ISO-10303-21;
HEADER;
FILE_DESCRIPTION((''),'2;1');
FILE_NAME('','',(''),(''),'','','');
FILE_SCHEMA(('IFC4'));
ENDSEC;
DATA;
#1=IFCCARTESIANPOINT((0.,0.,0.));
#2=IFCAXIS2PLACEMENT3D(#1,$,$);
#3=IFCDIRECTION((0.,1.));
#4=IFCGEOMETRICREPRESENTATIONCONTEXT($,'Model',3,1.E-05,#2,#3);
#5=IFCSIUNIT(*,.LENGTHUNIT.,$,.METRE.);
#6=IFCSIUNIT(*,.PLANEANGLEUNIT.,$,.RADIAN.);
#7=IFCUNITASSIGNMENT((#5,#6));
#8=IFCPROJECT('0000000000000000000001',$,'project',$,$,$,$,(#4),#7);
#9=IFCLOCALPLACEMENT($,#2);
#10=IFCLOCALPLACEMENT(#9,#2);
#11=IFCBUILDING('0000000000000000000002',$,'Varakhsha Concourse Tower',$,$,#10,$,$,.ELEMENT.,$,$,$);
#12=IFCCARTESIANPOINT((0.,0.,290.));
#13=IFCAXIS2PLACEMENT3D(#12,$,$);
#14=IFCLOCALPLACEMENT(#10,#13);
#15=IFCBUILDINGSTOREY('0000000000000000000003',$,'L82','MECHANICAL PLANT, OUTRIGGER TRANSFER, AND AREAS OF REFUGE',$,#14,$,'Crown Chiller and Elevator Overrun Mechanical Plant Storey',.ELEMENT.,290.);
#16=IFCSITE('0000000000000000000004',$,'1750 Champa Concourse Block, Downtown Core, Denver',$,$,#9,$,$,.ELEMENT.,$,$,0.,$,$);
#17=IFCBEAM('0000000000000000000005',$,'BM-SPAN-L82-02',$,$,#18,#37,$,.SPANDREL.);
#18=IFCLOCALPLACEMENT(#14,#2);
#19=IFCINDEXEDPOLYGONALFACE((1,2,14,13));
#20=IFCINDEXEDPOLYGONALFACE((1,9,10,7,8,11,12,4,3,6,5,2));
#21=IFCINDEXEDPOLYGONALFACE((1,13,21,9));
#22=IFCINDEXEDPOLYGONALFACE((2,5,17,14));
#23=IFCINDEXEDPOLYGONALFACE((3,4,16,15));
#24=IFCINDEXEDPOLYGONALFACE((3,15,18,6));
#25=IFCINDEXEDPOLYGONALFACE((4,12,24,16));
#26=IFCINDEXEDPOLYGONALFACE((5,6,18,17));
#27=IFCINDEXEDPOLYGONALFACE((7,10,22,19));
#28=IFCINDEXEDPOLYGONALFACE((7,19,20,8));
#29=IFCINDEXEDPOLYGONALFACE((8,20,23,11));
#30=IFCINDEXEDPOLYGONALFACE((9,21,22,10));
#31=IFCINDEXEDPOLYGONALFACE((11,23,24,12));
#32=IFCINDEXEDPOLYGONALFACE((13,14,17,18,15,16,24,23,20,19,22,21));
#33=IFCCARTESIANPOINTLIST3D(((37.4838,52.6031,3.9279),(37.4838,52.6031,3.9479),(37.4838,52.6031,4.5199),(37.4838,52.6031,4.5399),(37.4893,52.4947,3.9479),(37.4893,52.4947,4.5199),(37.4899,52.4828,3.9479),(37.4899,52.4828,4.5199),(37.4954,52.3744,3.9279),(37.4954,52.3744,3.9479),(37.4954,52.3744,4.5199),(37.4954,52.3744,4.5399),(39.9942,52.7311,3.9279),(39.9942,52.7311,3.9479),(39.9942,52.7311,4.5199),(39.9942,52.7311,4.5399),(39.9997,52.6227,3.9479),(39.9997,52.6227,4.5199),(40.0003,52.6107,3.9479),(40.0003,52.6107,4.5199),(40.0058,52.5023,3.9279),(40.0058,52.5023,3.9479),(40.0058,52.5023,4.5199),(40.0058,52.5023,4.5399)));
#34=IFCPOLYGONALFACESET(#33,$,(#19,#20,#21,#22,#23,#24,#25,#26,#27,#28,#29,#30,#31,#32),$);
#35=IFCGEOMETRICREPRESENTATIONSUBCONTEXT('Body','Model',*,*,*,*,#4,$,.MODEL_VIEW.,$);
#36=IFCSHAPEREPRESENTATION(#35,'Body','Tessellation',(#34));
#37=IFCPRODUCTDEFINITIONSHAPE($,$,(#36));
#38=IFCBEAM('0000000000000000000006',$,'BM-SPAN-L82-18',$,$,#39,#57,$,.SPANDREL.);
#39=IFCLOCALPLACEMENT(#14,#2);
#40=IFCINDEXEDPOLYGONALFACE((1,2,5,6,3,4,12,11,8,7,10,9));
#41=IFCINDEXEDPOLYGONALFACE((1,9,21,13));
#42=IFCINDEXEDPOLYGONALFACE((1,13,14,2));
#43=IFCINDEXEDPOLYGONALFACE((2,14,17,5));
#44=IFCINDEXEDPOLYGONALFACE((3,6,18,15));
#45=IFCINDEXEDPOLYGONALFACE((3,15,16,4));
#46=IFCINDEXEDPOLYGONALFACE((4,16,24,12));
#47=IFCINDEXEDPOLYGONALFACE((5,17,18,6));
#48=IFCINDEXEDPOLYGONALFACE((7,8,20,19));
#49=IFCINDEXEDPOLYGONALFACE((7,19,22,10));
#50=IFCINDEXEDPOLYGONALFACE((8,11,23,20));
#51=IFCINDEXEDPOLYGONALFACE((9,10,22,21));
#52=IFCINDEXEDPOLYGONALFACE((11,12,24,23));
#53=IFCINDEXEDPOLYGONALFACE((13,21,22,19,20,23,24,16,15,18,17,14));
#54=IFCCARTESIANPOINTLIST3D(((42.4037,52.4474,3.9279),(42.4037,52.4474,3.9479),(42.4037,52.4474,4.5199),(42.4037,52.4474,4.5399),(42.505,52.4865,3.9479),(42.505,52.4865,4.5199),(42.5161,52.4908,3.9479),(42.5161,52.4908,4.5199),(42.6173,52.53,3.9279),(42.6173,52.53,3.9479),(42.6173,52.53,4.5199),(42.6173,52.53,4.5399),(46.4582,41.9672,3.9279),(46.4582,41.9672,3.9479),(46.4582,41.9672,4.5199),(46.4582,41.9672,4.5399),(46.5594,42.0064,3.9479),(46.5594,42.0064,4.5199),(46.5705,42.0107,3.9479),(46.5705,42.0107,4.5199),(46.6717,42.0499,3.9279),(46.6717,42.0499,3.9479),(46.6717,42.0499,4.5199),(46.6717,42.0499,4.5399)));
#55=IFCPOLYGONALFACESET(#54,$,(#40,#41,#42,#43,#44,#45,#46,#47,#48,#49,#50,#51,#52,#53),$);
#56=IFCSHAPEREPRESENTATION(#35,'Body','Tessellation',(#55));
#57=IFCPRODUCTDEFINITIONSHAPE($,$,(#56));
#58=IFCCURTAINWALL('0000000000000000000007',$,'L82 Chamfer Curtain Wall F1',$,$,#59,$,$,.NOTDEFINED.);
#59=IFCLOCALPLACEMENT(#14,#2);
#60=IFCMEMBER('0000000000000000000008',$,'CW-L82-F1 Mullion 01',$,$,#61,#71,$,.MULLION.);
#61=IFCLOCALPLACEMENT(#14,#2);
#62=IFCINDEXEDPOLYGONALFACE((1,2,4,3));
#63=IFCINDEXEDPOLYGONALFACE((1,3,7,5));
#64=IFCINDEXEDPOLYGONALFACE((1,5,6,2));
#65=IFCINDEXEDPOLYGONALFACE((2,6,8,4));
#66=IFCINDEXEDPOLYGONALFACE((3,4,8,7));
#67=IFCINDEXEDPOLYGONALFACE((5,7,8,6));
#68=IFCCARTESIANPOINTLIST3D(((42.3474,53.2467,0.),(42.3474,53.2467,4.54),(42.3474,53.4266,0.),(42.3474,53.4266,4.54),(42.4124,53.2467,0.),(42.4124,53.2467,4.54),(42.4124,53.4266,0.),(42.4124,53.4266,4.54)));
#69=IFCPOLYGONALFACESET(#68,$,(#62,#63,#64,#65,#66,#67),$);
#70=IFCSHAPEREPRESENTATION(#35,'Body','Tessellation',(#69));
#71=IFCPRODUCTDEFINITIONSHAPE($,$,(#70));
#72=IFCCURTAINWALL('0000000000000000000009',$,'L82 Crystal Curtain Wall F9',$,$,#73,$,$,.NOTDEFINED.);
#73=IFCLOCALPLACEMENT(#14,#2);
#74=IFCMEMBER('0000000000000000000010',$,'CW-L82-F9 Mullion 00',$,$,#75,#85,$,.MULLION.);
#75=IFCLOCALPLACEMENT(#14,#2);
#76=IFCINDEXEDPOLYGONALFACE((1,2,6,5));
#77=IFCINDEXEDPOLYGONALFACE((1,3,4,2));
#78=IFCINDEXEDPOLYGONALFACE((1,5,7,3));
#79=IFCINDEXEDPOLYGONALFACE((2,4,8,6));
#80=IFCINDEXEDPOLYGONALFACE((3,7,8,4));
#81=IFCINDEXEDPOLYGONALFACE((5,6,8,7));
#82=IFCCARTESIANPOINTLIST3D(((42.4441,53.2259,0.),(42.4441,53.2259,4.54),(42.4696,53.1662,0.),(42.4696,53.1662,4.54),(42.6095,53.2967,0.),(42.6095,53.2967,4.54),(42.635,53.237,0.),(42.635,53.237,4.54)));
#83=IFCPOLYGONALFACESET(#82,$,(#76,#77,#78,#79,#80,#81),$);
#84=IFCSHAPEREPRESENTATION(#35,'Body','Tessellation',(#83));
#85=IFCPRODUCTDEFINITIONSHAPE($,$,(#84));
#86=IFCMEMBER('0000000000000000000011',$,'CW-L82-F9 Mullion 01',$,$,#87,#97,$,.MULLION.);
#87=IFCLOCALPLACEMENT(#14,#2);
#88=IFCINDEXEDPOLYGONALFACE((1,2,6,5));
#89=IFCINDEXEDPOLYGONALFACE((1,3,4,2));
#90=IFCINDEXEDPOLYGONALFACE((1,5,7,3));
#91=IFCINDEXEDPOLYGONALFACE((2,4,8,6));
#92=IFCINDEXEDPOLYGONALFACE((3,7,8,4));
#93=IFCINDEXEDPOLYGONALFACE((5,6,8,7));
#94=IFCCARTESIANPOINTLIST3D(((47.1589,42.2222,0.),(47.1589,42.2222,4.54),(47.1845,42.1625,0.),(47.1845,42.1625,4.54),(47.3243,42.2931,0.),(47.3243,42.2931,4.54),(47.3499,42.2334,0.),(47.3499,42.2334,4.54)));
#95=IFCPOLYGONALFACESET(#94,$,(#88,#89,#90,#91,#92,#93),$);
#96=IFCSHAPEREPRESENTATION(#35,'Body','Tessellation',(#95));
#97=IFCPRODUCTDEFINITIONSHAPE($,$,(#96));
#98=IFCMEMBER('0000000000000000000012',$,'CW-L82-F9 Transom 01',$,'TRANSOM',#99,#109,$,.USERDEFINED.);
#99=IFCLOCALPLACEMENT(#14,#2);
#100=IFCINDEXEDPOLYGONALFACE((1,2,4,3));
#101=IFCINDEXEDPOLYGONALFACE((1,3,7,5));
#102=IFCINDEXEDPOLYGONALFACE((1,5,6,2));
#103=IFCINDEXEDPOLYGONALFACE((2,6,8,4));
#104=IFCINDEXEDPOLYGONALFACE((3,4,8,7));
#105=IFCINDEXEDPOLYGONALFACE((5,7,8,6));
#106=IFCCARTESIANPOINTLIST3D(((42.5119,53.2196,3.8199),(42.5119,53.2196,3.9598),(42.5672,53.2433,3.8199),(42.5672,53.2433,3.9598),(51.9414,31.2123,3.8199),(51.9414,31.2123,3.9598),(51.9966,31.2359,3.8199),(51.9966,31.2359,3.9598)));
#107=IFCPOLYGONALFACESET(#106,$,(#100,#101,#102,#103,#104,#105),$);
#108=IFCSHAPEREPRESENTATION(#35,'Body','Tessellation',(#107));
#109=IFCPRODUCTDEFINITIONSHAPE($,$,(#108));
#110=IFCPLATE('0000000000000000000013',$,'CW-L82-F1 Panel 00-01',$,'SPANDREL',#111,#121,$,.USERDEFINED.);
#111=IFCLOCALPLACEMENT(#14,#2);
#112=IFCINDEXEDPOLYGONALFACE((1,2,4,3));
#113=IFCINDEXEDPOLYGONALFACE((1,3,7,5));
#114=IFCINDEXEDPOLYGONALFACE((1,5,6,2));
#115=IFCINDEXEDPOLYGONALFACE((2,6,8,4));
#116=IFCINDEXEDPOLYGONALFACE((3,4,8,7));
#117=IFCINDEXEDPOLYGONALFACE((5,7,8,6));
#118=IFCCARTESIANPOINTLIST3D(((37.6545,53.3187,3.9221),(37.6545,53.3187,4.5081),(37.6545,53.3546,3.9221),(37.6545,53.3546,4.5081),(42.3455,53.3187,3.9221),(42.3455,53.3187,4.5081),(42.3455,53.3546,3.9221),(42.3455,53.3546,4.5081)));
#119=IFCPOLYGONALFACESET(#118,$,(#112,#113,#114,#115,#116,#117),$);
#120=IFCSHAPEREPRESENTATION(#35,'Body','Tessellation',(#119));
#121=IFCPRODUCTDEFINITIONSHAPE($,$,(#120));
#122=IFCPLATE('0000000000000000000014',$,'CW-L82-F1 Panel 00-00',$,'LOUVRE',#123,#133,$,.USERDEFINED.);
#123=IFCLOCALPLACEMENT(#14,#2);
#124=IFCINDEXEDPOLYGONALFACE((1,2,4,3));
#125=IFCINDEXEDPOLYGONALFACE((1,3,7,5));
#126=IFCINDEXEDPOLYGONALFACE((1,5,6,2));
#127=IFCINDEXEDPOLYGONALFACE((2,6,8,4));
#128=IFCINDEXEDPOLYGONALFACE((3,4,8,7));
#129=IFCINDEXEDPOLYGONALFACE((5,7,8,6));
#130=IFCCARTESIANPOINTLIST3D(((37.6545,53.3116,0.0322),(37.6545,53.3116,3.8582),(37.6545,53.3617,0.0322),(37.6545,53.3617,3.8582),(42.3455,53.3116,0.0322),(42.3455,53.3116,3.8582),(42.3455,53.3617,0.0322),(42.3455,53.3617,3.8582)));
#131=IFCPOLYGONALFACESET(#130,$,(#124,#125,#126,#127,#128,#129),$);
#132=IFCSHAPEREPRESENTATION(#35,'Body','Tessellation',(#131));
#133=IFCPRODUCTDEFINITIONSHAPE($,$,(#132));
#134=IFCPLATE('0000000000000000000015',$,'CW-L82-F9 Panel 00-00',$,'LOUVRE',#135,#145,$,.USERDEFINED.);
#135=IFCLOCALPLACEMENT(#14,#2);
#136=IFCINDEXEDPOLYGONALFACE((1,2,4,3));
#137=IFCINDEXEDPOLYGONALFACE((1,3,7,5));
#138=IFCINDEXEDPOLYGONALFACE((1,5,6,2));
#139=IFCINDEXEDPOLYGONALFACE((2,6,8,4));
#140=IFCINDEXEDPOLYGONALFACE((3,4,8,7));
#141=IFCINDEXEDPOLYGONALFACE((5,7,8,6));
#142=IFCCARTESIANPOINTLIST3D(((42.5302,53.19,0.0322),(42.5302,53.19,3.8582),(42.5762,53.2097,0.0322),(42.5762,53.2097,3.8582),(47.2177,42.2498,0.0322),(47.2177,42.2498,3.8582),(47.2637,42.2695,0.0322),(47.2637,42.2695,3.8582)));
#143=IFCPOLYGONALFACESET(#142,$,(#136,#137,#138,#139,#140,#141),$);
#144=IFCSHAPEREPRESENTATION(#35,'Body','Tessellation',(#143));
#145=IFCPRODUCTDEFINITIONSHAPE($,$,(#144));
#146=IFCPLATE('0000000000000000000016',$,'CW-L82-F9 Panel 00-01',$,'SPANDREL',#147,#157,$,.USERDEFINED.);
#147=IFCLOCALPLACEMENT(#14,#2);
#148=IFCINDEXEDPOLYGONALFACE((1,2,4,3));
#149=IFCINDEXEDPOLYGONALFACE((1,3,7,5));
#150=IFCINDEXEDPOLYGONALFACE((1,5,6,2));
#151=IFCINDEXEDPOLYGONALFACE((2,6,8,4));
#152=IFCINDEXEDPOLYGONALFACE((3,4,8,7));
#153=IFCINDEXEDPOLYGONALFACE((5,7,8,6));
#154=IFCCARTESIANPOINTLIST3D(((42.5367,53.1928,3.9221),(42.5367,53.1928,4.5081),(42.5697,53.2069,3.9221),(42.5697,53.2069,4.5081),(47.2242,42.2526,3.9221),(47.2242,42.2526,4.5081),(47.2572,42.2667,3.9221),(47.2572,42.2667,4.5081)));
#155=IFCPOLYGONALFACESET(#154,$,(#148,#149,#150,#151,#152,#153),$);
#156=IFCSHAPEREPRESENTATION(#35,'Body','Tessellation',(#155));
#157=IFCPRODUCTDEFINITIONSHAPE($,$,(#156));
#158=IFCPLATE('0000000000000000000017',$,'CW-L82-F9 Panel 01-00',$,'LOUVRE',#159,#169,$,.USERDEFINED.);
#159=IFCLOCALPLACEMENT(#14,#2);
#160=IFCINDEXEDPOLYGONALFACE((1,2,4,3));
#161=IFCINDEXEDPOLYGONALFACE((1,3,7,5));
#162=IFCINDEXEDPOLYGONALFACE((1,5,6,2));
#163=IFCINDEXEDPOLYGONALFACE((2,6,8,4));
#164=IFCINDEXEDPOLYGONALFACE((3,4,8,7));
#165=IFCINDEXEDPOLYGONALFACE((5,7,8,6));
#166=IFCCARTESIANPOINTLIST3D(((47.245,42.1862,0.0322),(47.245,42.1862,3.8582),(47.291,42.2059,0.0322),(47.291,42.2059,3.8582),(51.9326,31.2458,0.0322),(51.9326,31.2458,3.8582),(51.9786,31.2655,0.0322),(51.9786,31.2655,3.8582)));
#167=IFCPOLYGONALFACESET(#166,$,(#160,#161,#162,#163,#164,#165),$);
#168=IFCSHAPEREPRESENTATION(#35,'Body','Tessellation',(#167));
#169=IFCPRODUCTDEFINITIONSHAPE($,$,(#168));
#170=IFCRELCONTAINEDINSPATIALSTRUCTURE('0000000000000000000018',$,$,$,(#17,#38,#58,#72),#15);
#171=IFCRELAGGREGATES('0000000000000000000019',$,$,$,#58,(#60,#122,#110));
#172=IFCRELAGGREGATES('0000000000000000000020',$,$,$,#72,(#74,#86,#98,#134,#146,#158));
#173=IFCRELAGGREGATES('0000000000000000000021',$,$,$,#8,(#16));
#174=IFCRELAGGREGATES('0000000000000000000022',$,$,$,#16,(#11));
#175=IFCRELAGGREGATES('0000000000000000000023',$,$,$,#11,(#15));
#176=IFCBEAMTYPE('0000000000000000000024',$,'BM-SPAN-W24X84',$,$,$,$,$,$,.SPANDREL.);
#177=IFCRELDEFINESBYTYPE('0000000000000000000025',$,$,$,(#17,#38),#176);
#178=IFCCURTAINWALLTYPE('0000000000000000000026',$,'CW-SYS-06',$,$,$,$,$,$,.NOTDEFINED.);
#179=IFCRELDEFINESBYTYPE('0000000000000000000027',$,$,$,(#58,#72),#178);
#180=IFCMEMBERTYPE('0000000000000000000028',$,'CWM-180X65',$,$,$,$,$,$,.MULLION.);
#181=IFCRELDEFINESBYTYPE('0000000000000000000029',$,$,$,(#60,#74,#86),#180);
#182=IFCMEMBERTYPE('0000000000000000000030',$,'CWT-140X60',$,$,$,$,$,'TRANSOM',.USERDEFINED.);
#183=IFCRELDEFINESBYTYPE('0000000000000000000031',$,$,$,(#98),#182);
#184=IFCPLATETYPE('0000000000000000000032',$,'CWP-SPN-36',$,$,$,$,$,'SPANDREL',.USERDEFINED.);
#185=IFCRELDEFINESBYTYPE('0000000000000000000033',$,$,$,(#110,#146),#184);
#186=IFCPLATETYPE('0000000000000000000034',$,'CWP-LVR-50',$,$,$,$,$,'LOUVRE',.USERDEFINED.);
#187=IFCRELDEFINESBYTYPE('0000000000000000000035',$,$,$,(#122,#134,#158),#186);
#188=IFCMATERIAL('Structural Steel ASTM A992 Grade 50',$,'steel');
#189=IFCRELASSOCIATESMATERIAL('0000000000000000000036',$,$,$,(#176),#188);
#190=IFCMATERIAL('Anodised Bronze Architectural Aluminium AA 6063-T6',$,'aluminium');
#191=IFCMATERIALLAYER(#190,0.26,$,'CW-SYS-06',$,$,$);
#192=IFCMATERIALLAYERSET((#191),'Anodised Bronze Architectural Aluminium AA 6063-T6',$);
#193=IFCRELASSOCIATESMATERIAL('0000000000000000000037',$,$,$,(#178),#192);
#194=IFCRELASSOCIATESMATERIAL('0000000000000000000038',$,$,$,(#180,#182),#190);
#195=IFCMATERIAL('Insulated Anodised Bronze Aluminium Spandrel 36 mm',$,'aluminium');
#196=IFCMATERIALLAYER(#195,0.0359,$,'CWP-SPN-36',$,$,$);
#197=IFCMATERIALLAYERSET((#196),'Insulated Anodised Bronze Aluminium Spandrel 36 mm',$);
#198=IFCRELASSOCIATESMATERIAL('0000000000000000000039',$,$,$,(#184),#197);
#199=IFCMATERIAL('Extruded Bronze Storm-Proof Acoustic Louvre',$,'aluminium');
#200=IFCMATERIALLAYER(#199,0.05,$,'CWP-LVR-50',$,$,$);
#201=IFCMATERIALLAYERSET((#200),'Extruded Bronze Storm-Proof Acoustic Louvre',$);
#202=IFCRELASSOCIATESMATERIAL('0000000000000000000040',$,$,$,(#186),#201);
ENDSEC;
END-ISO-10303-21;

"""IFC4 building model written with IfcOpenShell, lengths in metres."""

from ifc_helpers import new_model, si_unit, direction, frame, origin, origin_2d, place, context, subcontext, project, spatial, rectangle, i_section, extrude, source, transform, mapped, material, layer, layer_set, material_profile, profile_set, type_object, type_shapes, element, aggregate, save


model = new_model("IFC4")

# Units and contexts
model_context = context("Model", 3, precision=1e-05, world=origin(), true_north=direction((0.0, 1.0)))
body_context = subcontext(model_context, "Body", "Model", "MODEL_VIEW")
ifc_project = project(units=[si_unit("LENGTHUNIT", "METRE"), si_unit("PLANEANGLEUNIT", "RADIAN")], contexts=[model_context])

# Site, building, storey
site_placement = place(None, origin())
site = spatial("IfcSite", under=ifc_project, at=site_placement, Name="1750 Champa Concourse Block, Downtown Core, Denver", CompositionType="ELEMENT", RefElevation=0.0)
building_placement = place(site_placement, origin())
building = spatial("IfcBuilding", under=site, at=building_placement, Name="Varakhsha Concourse Tower", CompositionType="ELEMENT")
storey_placement = place(building_placement, frame((0.0, 0.0, 290.0)))
storey = spatial("IfcBuildingStorey", under=building, at=storey_placement, Name="L82", Description="MECHANICAL PLANT, OUTRIGGER TRANSFER, AND AREAS OF REFUGE", LongName="Crown Chiller and Elevator Overrun Mechanical Plant Storey", CompositionType="ELEMENT", Elevation=290.0)

# Shared definitions
ifc_material_1 = material(Name="Structural Steel ASTM A992 Grade 50", Category="steel")

# Beams
ifc_material_profile_1 = material_profile(ifc_material_1, i_section(OverallWidth=0.229, OverallDepth=0.6121, WebThickness=0.012, FlangeThickness=0.02, at=origin_2d()), Name="W24X84")
ifc_profile_set_1 = profile_set([ifc_material_profile_1], Name="Structural Steel ASTM A992 Grade 50")
beam_type_1 = type_object("IfcBeamType", Name="BM-SPAN-W24X84", PredefinedType="SPANDREL", material=ifc_profile_set_1)
for number, where, z_axis, x_axis, name in (
    (1, (40.0, 52.6167, 4.2339), (-0.998704, -0.050892, 0.0), (0.050892, -0.998704, 0.0), "BM-SPAN-L82-02"),
):
    element("IfcBeam", number, at=place(storey_placement, frame(where, z_axis=z_axis, x_axis=x_axis)), inside=storey, type_object=beam_type_1, Name=name, PredefinedType="SPANDREL", context=body_context, shape_type="SweptSolid", body=[
        extrude(i_section(OverallWidth=0.229, OverallDepth=0.6121, WebThickness=0.012, FlangeThickness=0.02, at=origin_2d()), origin(), (0.0, 0.0, 1.0), 2.5137),
    ])
beam_1_placement = place(storey_placement, frame((46.5649, 42.0085, 4.2339), z_axis=(-0.360807, 0.932641, 0.0), x_axis=(-0.932641, -0.360807, 0.0)))
element("IfcBeam", 2, at=beam_1_placement, inside=storey, type_object=beam_type_1, Name="BM-SPAN-L82-18", PredefinedType="SPANDREL", context=body_context, shape_type="SweptSolid", body=[
    extrude(i_section(OverallWidth=0.229, OverallDepth=0.6121, WebThickness=0.012, FlangeThickness=0.02, at=origin_2d()), origin(), (0.0, 0.0, 1.0), 11.2371),
])

# Curtain wall, member
ifc_material_2 = material(Name="Anodised Bronze Architectural Aluminium AA 6063-T6", Category="aluminium")
ifc_layer_1 = layer(ifc_material_2, 0.26, Name="CW-SYS-06")
ifc_layer_set_1 = layer_set([ifc_layer_1], Name="Anodised Bronze Architectural Aluminium AA 6063-T6")
curtain_wall_type = type_object("IfcCurtainWallType", Name="CW-SYS-06", PredefinedType="NOTDEFINED", material=ifc_layer_set_1)
curtain_wall_1_placement = place(storey_placement, origin())
curtain_wall_1 = element("IfcCurtainWall", 3, at=curtain_wall_1_placement, inside=storey, type_object=curtain_wall_type, Name="L82 Chamfer Curtain Wall F1", PredefinedType="NOTDEFINED")
ifc_material_profile_2 = material_profile(ifc_material_2, rectangle(XDim=0.0649, YDim=0.1799, at=origin_2d()), Name="CWM-180X65")
ifc_profile_set_2 = profile_set([ifc_material_profile_2], Name="Anodised Bronze Architectural Aluminium AA 6063-T6")
member_type_1 = type_object("IfcMemberType", Name="CWM-180X65", PredefinedType="MULLION", material=ifc_profile_set_2)
shared_shape_1 = source(origin(), body_context, "Body", "SweptSolid", [
    extrude(rectangle(XDim=0.0649, YDim=0.1799, at=origin_2d()), origin(), (0.0, 0.0, 1.0), 4.54),
])
type_shapes(member_type_1, [shared_shape_1])
member_1_placement = place(storey_placement, frame((42.3799, 53.3367, 0.0), z_axis=(0.0, 0.0, 1.0), x_axis=(1.0, 0.0, 0.0)))
member_1 = element("IfcMember", 4, at=member_1_placement, type_object=member_type_1, Name="CW-L82-F1 Mullion 01", PredefinedType="MULLION", context=body_context, shape_type="MappedRepresentation", body=[
    mapped(shared_shape_1, transform((0.0, 0.0, 0.0), scale=1.0)),
])

# Curtain wall, members
curtain_wall_2_placement = place(storey_placement, origin())
curtain_wall_2 = element("IfcCurtainWall", 5, at=curtain_wall_2_placement, inside=storey, type_object=curtain_wall_type, Name="L82 Crystal Curtain Wall F9", PredefinedType="NOTDEFINED")
member_2_placement = place(storey_placement, frame((42.5396, 53.2314, 0.0), z_axis=(0.0, 0.0, 1.0), x_axis=(0.393839, -0.919179, 0.0)))
member_2 = element("IfcMember", 6, at=member_2_placement, type_object=member_type_1, Name="CW-L82-F9 Mullion 00", PredefinedType="MULLION", context=body_context, shape_type="MappedRepresentation", body=[
    mapped(shared_shape_1, transform((0.0, 0.0, 0.0), scale=1.0)),
])
member_3_placement = place(storey_placement, frame((47.2544, 42.2278, 0.0), z_axis=(0.0, 0.0, 1.0), x_axis=(0.393839, -0.919179, 0.0)))
member_3 = element("IfcMember", 7, at=member_3_placement, type_object=member_type_1, Name="CW-L82-F9 Mullion 01", PredefinedType="MULLION", context=body_context, shape_type="MappedRepresentation", body=[
    mapped(shared_shape_1, transform((0.0, 0.0, 0.0), scale=1.0)),
])
ifc_material_profile_3 = material_profile(ifc_material_2, rectangle(XDim=0.0601, YDim=0.1399, at=origin_2d()), Name="CWT-140X60")
ifc_profile_set_3 = profile_set([ifc_material_profile_3], Name="Anodised Bronze Architectural Aluminium AA 6063-T6")
member_type_2 = type_object("IfcMemberType", Name="CWT-140X60", ElementType="TRANSOM", PredefinedType="USERDEFINED", material=ifc_profile_set_3)
shared_shape_2 = source(origin(), body_context, "Body", "SweptSolid", [
    extrude(rectangle(XDim=0.0601, YDim=0.1399, at=origin_2d()), origin(), (0.0, 0.0, 1.0), 23.9424),
])
type_shapes(member_type_2, [shared_shape_2])
member_4_placement = place(storey_placement, frame((42.5396, 53.2314, 3.8899), z_axis=(0.393839, -0.919179, 0.0), x_axis=(0.919179, 0.393839, 0.0)))
member_4 = element("IfcMember", 8, at=member_4_placement, type_object=member_type_2, Name="CW-L82-F9 Transom 01", ObjectType="TRANSOM", PredefinedType="USERDEFINED", context=body_context, shape_type="MappedRepresentation", body=[
    mapped(shared_shape_2, transform((0.0, 0.0, 0.0), scale=1.0)),
])

# Plates
ifc_material_3 = material(Name="Insulated Anodised Bronze Aluminium Spandrel 36 mm", Category="aluminium")
ifc_layer_2 = layer(ifc_material_3, 0.0359, Name="CWP-SPN-36")
ifc_layer_set_2 = layer_set([ifc_layer_2], Name="Insulated Anodised Bronze Aluminium Spandrel 36 mm")
plate_type_1 = type_object("IfcPlateType", Name="CWP-SPN-36", ElementType="SPANDREL", PredefinedType="USERDEFINED", material=ifc_layer_set_2)
shared_shape_3 = source(origin(), body_context, "Body", "SweptSolid", [
    extrude(rectangle(XDim=4.6909, YDim=0.0359, at=origin_2d()), origin(), (0.0, 0.0, 1.0), 0.5859),
])
plate_1_placement = place(storey_placement, frame((40.0, 53.3367, 3.9221), z_axis=(0.0, 0.0, 1.0), x_axis=(1.0, 0.0, 0.0)))
plate_1 = element("IfcPlate", 9, at=plate_1_placement, type_object=plate_type_1, Name="CW-L82-F1 Panel 00-01", ObjectType="SPANDREL", PredefinedType="USERDEFINED", context=body_context, shape_type="MappedRepresentation", body=[
    mapped(shared_shape_3, transform((0.0, 0.0, 0.0), scale=1.0)),
])
ifc_material_4 = material(Name="Extruded Bronze Storm-Proof Acoustic Louvre", Category="aluminium")
ifc_layer_3 = layer(ifc_material_4, 0.05, Name="CWP-LVR-50")
ifc_layer_set_3 = layer_set([ifc_layer_3], Name="Extruded Bronze Storm-Proof Acoustic Louvre")
plate_type_2 = type_object("IfcPlateType", Name="CWP-LVR-50", ElementType="LOUVRE", PredefinedType="USERDEFINED", material=ifc_layer_set_3)
shared_shape_4 = source(origin(), body_context, "Body", "SweptSolid", [
    extrude(rectangle(XDim=4.6909, YDim=0.05, at=origin_2d()), origin(), (0.0, 0.0, 1.0), 3.8259),
])
plate_2_placement = place(storey_placement, frame((40.0, 53.3367, 0.0322), z_axis=(0.0, 0.0, 1.0), x_axis=(1.0, 0.0, 0.0)))
plate_2 = element("IfcPlate", 10, at=plate_2_placement, type_object=plate_type_2, Name="CW-L82-F1 Panel 00-00", ObjectType="LOUVRE", PredefinedType="USERDEFINED", context=body_context, shape_type="MappedRepresentation", body=[
    mapped(shared_shape_4, transform((0.0, 0.0, 0.0), scale=1.0)),
])
aggregate(curtain_wall_1, [member_1, plate_2, plate_1])
shared_shape_5 = source(origin(), body_context, "Body", "SweptSolid", [
    extrude(rectangle(XDim=11.9021, YDim=0.05, at=origin_2d()), origin(), (0.0, 0.0, 1.0), 3.8259),
])
plate_3_placement = place(storey_placement, frame((44.897, 47.7297, 0.0322), z_axis=(0.0, 0.0, 1.0), x_axis=(0.393839, -0.919179, 0.0)))
plate_3 = element("IfcPlate", 11, at=plate_3_placement, type_object=plate_type_2, Name="CW-L82-F9 Panel 00-00", ObjectType="LOUVRE", PredefinedType="USERDEFINED", context=body_context, shape_type="MappedRepresentation", body=[
    mapped(shared_shape_5, transform((0.0, 0.0, 0.0), scale=1.0)),
])
shared_shape_6 = source(origin(), body_context, "Body", "SweptSolid", [
    extrude(rectangle(XDim=11.9021, YDim=0.0359, at=origin_2d()), origin(), (0.0, 0.0, 1.0), 0.5859),
])
plate_4_placement = place(storey_placement, frame((44.897, 47.7297, 3.9221), z_axis=(0.0, 0.0, 1.0), x_axis=(0.393839, -0.919179, 0.0)))
plate_4 = element("IfcPlate", 12, at=plate_4_placement, type_object=plate_type_1, Name="CW-L82-F9 Panel 00-01", ObjectType="SPANDREL", PredefinedType="USERDEFINED", context=body_context, shape_type="MappedRepresentation", body=[
    mapped(shared_shape_6, transform((0.0, 0.0, 0.0), scale=1.0)),
])
shared_shape_7 = source(origin(), body_context, "Body", "SweptSolid", [
    extrude(rectangle(XDim=11.9023, YDim=0.05, at=origin_2d()), origin(), (0.0, 0.0, 1.0), 3.8259),
])
type_shapes(plate_type_2, [shared_shape_4, shared_shape_5, shared_shape_7])
plate_5_placement = place(storey_placement, frame((49.6118, 36.7258, 0.0322), z_axis=(0.0, 0.0, 1.0), x_axis=(0.393839, -0.919179, 0.0)))
plate_5 = element("IfcPlate", 13, at=plate_5_placement, type_object=plate_type_2, Name="CW-L82-F9 Panel 01-00", ObjectType="LOUVRE", PredefinedType="USERDEFINED", context=body_context, shape_type="MappedRepresentation", body=[
    mapped(shared_shape_7, transform((0.0, 0.0, 0.0), scale=1.0)),
])
aggregate(curtain_wall_2, [member_2, member_3, member_4, plate_3, plate_4, plate_5])

save(model, "model.ifc")
